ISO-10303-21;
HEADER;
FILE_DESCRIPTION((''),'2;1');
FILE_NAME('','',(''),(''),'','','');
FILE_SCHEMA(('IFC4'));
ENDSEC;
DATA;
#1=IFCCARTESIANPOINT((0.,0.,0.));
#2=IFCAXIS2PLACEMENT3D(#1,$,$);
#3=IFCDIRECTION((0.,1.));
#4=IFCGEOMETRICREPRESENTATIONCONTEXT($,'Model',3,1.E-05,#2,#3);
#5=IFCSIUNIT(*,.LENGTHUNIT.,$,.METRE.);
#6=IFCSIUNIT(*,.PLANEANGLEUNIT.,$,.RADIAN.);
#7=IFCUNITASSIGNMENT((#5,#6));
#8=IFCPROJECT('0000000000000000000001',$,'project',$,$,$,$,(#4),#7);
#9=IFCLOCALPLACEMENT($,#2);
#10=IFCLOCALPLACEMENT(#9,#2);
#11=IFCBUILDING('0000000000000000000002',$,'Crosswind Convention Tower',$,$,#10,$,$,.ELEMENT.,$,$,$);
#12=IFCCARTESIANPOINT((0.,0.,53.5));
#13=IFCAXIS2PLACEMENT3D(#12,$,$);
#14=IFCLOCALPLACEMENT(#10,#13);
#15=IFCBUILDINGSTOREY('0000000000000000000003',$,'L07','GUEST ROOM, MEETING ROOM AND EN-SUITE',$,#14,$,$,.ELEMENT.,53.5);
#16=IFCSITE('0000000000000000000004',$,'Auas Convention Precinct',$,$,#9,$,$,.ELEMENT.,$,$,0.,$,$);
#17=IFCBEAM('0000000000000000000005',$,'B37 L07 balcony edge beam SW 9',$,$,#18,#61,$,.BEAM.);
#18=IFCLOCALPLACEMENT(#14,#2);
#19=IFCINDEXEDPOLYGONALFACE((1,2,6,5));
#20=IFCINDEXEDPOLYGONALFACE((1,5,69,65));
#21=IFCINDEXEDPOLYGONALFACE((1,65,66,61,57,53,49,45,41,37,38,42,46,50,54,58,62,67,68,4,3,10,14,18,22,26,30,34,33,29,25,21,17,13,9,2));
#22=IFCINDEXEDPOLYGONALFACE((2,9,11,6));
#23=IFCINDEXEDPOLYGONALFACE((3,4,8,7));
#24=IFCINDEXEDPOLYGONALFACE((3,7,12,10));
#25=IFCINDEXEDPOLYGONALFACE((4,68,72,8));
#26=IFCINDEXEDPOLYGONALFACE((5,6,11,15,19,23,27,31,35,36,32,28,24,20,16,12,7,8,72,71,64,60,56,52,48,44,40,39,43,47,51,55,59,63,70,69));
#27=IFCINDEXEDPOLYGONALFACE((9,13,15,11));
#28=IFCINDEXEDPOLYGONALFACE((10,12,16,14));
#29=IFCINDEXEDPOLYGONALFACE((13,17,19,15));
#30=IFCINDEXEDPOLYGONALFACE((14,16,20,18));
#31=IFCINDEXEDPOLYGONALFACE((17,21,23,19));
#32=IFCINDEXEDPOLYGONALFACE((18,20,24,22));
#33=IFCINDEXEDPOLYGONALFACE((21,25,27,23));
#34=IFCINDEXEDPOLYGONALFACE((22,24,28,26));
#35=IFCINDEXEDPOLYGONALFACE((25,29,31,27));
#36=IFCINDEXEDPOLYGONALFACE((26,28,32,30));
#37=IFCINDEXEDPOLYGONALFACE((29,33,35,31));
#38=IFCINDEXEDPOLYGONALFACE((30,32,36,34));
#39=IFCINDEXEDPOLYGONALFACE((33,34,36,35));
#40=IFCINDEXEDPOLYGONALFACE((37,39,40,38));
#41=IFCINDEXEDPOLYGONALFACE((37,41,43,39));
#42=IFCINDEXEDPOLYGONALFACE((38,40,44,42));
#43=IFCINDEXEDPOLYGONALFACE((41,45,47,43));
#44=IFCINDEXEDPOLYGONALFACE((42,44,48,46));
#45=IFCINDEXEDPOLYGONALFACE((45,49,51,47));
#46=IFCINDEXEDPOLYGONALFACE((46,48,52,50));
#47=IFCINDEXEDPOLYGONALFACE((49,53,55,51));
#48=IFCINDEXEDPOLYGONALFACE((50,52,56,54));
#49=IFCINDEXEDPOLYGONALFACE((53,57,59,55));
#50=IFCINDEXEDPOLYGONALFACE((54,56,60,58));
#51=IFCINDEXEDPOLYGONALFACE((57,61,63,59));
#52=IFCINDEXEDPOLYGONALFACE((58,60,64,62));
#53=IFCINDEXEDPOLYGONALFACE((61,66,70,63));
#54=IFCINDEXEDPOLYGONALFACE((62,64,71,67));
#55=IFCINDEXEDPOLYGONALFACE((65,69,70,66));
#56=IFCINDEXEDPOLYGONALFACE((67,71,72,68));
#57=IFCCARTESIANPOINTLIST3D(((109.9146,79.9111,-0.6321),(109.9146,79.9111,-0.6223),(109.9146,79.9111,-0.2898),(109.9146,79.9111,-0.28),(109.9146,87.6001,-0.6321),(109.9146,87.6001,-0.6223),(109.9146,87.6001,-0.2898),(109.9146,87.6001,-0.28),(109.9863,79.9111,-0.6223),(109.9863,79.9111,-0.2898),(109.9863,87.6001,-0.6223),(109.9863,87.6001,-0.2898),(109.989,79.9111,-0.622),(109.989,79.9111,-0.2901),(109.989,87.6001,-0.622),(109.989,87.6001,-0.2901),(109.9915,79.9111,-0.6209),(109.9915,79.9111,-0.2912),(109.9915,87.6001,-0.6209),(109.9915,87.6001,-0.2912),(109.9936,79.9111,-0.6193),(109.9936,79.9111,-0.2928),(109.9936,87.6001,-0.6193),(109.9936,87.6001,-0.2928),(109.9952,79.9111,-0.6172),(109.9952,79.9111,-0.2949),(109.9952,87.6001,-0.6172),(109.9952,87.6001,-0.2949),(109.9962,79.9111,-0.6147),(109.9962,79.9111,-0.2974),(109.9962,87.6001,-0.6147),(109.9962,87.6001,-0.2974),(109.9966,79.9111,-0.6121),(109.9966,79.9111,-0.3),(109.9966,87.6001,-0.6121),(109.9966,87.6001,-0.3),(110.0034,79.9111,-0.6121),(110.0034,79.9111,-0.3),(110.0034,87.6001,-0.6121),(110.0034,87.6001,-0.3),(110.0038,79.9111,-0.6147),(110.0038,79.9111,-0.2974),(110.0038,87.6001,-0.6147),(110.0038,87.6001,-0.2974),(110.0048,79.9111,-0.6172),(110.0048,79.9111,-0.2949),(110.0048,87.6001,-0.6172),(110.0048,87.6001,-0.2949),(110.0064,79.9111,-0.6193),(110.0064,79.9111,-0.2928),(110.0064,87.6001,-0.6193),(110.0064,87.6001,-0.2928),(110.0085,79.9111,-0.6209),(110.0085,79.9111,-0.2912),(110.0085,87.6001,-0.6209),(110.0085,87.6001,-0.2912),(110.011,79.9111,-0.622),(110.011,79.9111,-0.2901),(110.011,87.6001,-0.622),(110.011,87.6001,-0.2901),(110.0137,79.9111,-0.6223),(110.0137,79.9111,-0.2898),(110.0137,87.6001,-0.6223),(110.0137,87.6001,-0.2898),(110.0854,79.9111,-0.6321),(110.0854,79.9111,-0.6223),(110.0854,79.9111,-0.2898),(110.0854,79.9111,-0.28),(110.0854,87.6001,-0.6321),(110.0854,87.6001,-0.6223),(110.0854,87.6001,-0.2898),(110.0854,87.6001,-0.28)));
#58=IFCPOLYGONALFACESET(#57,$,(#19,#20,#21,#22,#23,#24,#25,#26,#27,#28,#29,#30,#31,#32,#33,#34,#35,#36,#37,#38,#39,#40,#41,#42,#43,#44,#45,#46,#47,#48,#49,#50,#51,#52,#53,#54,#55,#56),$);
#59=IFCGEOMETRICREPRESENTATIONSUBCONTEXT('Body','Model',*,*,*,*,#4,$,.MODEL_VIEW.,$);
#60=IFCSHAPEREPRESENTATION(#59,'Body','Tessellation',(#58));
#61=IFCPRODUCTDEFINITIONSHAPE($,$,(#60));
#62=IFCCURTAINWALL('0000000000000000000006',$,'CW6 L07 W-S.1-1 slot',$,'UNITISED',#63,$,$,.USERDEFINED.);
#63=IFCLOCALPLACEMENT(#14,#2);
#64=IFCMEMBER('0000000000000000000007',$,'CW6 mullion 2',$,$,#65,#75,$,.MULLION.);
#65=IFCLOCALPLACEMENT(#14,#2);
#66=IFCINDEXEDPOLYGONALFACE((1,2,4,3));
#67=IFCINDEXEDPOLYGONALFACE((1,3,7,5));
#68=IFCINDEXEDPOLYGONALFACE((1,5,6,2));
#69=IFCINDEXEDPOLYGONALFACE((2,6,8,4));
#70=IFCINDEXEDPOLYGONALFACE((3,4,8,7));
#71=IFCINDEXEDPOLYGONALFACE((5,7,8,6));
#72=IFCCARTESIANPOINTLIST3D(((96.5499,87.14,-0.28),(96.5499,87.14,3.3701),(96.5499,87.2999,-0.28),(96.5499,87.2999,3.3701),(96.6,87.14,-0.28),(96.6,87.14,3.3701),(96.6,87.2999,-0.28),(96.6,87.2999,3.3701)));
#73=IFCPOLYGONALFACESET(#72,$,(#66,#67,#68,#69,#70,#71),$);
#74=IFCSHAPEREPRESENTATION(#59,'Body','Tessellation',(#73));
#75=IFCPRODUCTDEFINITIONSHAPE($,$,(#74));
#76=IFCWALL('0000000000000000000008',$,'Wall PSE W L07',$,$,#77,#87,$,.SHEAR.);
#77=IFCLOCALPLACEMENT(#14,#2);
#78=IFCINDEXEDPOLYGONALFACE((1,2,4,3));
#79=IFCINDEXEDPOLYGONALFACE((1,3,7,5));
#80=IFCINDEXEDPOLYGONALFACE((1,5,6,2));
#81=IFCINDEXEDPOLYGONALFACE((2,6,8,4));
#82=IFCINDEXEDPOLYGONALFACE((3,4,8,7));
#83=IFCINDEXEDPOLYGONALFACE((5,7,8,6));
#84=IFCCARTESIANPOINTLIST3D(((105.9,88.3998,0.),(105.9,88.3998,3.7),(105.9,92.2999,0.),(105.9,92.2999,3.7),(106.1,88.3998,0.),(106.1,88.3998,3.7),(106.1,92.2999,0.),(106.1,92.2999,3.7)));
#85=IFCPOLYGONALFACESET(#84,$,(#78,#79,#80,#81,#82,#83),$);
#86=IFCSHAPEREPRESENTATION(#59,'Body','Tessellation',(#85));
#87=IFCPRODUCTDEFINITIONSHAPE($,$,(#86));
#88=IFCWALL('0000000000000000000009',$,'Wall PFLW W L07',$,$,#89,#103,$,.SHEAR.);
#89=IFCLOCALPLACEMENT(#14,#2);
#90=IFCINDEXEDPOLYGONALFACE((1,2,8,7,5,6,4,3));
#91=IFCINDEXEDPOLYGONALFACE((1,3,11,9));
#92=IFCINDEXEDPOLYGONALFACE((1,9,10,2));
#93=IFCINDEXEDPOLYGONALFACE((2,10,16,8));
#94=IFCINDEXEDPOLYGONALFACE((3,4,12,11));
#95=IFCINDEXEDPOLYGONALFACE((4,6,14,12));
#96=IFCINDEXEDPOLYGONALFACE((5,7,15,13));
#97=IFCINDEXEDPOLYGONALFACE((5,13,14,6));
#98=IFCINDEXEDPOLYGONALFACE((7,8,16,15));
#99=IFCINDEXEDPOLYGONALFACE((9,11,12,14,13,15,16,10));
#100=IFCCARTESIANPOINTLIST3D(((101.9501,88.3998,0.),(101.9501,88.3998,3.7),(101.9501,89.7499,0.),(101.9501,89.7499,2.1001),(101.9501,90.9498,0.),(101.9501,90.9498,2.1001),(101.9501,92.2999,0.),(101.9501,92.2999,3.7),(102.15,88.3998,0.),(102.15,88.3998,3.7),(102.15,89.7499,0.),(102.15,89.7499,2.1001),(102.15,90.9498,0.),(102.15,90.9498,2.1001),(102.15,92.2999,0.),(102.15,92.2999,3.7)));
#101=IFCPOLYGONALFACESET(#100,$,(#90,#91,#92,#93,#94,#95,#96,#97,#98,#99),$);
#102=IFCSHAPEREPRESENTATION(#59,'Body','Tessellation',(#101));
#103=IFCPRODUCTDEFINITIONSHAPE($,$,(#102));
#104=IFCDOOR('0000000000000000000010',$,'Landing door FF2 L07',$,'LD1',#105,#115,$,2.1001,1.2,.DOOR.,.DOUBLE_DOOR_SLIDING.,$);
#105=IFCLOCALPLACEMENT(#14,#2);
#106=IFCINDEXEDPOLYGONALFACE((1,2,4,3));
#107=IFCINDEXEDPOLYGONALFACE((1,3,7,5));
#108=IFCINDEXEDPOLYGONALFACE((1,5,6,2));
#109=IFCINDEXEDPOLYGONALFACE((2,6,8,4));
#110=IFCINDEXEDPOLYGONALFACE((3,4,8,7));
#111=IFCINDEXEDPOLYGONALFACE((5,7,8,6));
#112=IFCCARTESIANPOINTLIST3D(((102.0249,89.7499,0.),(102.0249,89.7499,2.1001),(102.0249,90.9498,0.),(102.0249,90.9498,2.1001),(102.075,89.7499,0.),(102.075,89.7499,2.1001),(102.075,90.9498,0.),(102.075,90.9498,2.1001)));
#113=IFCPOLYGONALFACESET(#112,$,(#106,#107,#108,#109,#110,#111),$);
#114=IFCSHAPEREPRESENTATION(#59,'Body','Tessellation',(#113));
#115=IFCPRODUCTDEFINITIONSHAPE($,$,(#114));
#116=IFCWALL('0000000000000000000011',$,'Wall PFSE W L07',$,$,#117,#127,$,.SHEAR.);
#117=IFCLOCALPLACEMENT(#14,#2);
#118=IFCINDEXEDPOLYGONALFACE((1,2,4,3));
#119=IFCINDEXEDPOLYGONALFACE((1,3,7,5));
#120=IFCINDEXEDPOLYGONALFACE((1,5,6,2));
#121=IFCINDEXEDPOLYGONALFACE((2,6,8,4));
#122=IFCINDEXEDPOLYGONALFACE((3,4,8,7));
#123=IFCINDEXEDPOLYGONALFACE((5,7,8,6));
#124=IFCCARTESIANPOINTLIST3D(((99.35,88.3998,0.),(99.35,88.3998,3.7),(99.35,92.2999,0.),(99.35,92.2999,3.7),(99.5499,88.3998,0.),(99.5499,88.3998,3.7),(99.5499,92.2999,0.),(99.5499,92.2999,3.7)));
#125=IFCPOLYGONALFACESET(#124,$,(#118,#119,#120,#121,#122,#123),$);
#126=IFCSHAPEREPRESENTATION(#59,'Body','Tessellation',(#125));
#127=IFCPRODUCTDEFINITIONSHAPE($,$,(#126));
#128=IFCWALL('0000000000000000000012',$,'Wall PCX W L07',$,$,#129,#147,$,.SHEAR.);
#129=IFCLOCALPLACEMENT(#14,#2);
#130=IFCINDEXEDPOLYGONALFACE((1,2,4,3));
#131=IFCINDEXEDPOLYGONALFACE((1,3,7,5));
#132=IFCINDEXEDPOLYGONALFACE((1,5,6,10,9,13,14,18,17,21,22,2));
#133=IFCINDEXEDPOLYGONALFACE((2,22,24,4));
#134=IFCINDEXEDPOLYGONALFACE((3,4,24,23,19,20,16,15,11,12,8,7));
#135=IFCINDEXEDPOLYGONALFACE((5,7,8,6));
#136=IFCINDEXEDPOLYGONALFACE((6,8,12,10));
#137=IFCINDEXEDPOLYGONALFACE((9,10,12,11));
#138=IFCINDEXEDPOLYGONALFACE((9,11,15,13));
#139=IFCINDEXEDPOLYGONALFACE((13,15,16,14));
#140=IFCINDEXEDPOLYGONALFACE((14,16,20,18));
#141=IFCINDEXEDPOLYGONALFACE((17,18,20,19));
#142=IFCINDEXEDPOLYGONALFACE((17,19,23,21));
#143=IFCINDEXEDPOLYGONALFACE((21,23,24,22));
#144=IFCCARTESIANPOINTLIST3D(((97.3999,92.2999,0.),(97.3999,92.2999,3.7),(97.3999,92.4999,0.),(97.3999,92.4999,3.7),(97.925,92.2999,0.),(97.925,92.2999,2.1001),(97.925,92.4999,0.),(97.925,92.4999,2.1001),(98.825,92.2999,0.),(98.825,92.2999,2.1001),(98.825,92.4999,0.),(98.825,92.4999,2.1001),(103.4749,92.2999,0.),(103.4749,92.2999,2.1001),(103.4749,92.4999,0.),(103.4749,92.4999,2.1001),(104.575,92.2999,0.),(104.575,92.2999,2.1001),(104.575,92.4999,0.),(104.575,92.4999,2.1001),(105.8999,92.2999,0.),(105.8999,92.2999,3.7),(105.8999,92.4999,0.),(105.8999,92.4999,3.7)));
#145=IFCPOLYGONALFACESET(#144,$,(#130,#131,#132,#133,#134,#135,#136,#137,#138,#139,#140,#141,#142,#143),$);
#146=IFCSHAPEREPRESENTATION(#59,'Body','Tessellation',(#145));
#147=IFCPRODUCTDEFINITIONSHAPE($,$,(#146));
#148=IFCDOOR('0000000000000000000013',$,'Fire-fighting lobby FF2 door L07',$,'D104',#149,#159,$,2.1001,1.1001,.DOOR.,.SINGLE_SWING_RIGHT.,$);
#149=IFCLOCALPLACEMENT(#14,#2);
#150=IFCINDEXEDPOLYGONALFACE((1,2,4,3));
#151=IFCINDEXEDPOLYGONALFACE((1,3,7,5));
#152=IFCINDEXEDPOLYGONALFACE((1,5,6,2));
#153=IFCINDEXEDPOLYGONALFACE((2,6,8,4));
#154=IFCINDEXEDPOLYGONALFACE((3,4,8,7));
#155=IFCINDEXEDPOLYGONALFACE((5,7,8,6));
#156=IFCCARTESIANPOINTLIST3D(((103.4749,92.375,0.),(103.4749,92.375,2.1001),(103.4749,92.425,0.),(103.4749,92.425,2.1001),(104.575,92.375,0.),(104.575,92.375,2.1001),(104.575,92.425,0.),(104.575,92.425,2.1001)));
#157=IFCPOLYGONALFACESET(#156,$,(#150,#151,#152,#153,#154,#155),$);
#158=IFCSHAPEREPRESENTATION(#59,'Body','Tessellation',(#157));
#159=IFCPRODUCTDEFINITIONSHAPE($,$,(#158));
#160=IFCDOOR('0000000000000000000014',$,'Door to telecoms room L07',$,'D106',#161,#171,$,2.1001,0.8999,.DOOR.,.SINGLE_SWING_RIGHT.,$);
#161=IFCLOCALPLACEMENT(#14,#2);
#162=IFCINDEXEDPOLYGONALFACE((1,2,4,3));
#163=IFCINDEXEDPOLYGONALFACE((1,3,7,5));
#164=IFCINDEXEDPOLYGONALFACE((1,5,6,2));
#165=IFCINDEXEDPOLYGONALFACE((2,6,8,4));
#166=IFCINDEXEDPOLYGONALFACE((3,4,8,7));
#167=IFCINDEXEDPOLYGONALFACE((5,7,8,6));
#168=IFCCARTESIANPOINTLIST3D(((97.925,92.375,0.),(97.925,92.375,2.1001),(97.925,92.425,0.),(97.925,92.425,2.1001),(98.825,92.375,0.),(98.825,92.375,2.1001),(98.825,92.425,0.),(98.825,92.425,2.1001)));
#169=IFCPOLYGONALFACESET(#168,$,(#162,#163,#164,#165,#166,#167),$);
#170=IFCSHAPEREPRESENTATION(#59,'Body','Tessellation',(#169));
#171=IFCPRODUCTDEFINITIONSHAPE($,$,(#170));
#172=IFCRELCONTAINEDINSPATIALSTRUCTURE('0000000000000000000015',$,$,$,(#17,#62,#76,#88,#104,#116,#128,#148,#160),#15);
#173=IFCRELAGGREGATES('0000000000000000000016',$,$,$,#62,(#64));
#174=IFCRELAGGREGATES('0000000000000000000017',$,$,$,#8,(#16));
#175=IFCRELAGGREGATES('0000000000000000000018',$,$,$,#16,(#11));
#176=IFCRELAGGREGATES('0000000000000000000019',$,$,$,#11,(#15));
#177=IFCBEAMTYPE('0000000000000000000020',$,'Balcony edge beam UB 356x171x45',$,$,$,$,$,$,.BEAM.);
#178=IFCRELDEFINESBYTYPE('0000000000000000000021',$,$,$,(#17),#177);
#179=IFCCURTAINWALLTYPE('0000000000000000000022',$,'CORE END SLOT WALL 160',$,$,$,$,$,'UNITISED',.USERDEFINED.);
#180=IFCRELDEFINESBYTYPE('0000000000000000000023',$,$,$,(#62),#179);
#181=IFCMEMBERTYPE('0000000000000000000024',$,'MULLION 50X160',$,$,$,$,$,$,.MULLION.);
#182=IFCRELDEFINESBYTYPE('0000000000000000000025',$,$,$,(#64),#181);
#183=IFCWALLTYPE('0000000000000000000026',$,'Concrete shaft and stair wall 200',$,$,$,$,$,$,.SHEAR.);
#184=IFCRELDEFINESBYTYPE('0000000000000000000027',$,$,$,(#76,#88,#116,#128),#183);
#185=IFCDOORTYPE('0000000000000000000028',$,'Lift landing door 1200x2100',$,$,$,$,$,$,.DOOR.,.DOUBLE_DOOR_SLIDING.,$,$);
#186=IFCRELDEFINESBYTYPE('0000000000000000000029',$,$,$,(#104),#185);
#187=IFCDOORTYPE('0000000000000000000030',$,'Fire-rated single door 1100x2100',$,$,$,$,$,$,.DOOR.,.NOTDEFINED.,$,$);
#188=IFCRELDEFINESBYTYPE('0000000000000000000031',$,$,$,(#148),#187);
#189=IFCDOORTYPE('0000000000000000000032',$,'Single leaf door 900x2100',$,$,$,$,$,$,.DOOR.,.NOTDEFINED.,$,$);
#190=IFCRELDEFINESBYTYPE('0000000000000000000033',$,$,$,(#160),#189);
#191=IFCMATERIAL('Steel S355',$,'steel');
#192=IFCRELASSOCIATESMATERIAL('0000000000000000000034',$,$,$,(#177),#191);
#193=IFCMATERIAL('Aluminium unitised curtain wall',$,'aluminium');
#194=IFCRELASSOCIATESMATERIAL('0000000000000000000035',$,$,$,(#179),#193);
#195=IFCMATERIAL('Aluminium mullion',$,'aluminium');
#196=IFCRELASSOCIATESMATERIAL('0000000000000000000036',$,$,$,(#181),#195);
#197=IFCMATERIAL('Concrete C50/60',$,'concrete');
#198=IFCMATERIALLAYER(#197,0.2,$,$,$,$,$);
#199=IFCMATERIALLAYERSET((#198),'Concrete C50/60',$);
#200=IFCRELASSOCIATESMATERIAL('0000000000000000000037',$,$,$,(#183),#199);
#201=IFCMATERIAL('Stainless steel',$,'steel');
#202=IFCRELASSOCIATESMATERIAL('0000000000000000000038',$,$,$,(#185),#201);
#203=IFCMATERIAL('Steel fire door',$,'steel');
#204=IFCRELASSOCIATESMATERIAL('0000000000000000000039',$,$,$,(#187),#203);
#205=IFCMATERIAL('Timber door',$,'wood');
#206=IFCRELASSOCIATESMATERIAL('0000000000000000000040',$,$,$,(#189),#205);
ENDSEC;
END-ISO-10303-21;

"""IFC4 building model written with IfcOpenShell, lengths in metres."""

from ifc_helpers import new_model, si_unit, direction, frame, frame_2d, origin, origin_2d, place, context, subcontext, project, spatial, rectangle, i_section, extrude, material, layer, layer_set, material_profile, profile_set, type_object, element, fill, aggregate, save


model = new_model("IFC4")

# Units and contexts
model_context = context("Model", 3, precision=1e-05, world=origin(), true_north=direction((0.0, 1.0)))
body_context = subcontext(model_context, "Body", "Model", "MODEL_VIEW")
ifc_project = project(units=[si_unit("LENGTHUNIT", "METRE"), si_unit("PLANEANGLEUNIT", "RADIAN")], contexts=[model_context])

# Site, building, storey
site_placement = place(None, origin())
site = spatial("IfcSite", under=ifc_project, at=site_placement, Name="Auas Convention Precinct", CompositionType="ELEMENT", RefElevation=0.0)
building_placement = place(site_placement, origin())
building = spatial("IfcBuilding", under=site, at=building_placement, Name="Crosswind Convention Tower", CompositionType="ELEMENT")
storey_placement = place(building_placement, frame((0.0, 0.0, 53.5)))
storey = spatial("IfcBuildingStorey", under=building, at=storey_placement, Name="L07", Description="GUEST ROOM, MEETING ROOM AND EN-SUITE", CompositionType="ELEMENT", Elevation=53.5)

# Beam
ifc_material_1 = material(Name="Steel S355", Category="steel")
ifc_material_profile_1 = material_profile(ifc_material_1, i_section(OverallWidth=0.1709, OverallDepth=0.3521, WebThickness=0.0068, FlangeThickness=0.0098, FilletRadius=0.0103, at=origin_2d()), Name="UB 356x171x45")
ifc_profile_set_1 = profile_set([ifc_material_profile_1], Name="Steel S355")
beam_type = type_object("IfcBeamType", Name="Balcony edge beam UB 356x171x45", PredefinedType="BEAM", material=ifc_profile_set_1)
beam_placement = place(storey_placement, frame((110.0, 87.6001, -0.4561), z_axis=(0.0, -1.0, 0.0), x_axis=(1.0, 0.0, 0.0)))
element("IfcBeam", 1, at=beam_placement, inside=storey, type_object=beam_type, Name="B37 L07 balcony edge beam SW 9", PredefinedType="BEAM", context=body_context, shape_type="SweptSolid", body=[
    extrude(i_section(OverallWidth=0.1709, OverallDepth=0.3521, WebThickness=0.0068, FlangeThickness=0.0098, FilletRadius=0.0103, at=origin_2d()), origin(), (0.0, 0.0, 1.0), 7.689),
])

# Curtain wall, member
ifc_material_2 = material(Name="Aluminium unitised curtain wall", Category="aluminium")
curtain_wall_type = type_object("IfcCurtainWallType", Name="CORE END SLOT WALL 160", ElementType="UNITISED", PredefinedType="USERDEFINED", material=ifc_material_2)
curtain_wall_placement = place(storey_placement, origin())
curtain_wall = element("IfcCurtainWall", 2, at=curtain_wall_placement, inside=storey, type_object=curtain_wall_type, Name="CW6 L07 W-S.1-1 slot", ObjectType="UNITISED", PredefinedType="USERDEFINED")
ifc_material_3 = material(Name="Aluminium mullion", Category="aluminium")
ifc_material_profile_2 = material_profile(ifc_material_3, rectangle(XDim=0.1599, YDim=0.05, at=origin_2d()), Name="AL 160X50")
ifc_profile_set_2 = profile_set([ifc_material_profile_2], Name="Aluminium mullion")
member_type = type_object("IfcMemberType", Name="MULLION 50X160", PredefinedType="MULLION", material=ifc_profile_set_2)
member_placement = place(storey_placement, frame((96.575, 87.22, -0.28), z_axis=(0.0, 0.0, 1.0), x_axis=(0.0, -1.0, 0.0)))
member = element("IfcMember", 3, at=member_placement, type_object=member_type, Name="CW6 mullion 2", PredefinedType="MULLION", context=body_context, shape_type="SweptSolid", body=[
    extrude(rectangle(XDim=0.1599, YDim=0.05, at=origin_2d()), origin(), (0.0, 0.0, 1.0), 3.6501),
])
aggregate(curtain_wall, [member])

# Wall
ifc_material_4 = material(Name="Concrete C50/60", Category="concrete")
ifc_layer_1 = layer(ifc_material_4, 0.2)
ifc_layer_set_1 = layer_set([ifc_layer_1], Name="Concrete C50/60")
wall_type_1 = type_object("IfcWallType", Name="Concrete shaft and stair wall 200", PredefinedType="SHEAR", material=ifc_layer_set_1)
wall_1_placement = place(storey_placement, frame((106.0, 92.3, 0.0), z_axis=(0.0, 0.0, 1.0), x_axis=(0.0, -1.0, 0.0)))
element("IfcWall", 4, at=wall_1_placement, inside=storey, type_object=wall_type_1, Name="Wall PSE W L07", PredefinedType="SHEAR", context=body_context, shape_type="SweptSolid", body=[
    extrude(rectangle(XDim=3.9001, YDim=0.2, at=frame_2d((1.9502, 0.0))), origin(), (0.0, 0.0, 1.0), 3.7),
])

# Wall, opening, door
wall_2_placement = place(storey_placement, frame((102.05, 92.3, 0.0), z_axis=(0.0, 0.0, 1.0), x_axis=(0.0, -1.0, 0.0)))
wall_2 = element("IfcWall", 5, at=wall_2_placement, inside=storey, type_object=wall_type_1, Name="Wall PFLW W L07", PredefinedType="SHEAR", context=body_context, shape_type="SweptSolid", body=[
    extrude(rectangle(XDim=3.9001, YDim=0.2, at=frame_2d((1.9502, 0.0))), origin(), (0.0, 0.0, 1.0), 3.7),
])
opening_1_placement = place(wall_2_placement, frame((1.3501, 0.0, 0.0)))
opening_1 = element("IfcOpeningElement", 6, at=opening_1_placement, cuts=wall_2, PredefinedType="OPENING", context=body_context, shape_type="SweptSolid", body=[
    extrude(rectangle(XDim=1.2, YDim=2.1001, at=frame_2d((0.6001, 1.05))), frame((0.0, 0.1099, 0.0), z_axis=(0.0, -1.0, 0.0), x_axis=(1.0, 0.0, 0.0)), (0.0, 0.0, 1.0), 0.22),
])
ifc_material_5 = material(Name="Stainless steel", Category="steel")
door_type_1 = type_object("IfcDoorType", Name="Lift landing door 1200x2100", OperationType="DOUBLE_DOOR_SLIDING", PredefinedType="DOOR", material=ifc_material_5)
door_1_placement = place(opening_1_placement, origin())
door_1 = element("IfcDoor", 7, at=door_1_placement, inside=storey, type_object=door_type_1, Name="Landing door FF2 L07", ObjectType="LD1", OperationType="DOUBLE_DOOR_SLIDING", OverallHeight=2.1001, OverallWidth=1.2, PredefinedType="DOOR", context=body_context, shape_type="SweptSolid", body=[
    extrude(rectangle(XDim=1.2, YDim=2.1001, at=frame_2d((0.6001, 1.05))), frame((0.0, 0.0249, 0.0), z_axis=(0.0, -1.0, 0.0), x_axis=(1.0, 0.0, 0.0)), (0.0, 0.0, 1.0), 0.05),
])
fill(opening_1, door_1)

# Wall
wall_3_placement = place(storey_placement, frame((99.45, 92.3, 0.0), z_axis=(0.0, 0.0, 1.0), x_axis=(0.0, -1.0, 0.0)))
element("IfcWall", 8, at=wall_3_placement, inside=storey, type_object=wall_type_1, Name="Wall PFSE W L07", PredefinedType="SHEAR", context=body_context, shape_type="SweptSolid", body=[
    extrude(rectangle(XDim=3.9001, YDim=0.2, at=frame_2d((1.9502, 0.0))), origin(), (0.0, 0.0, 1.0), 3.7),
])

# Wall, openings, doors
wall_4_placement = place(storey_placement, frame((105.8999, 92.3999, 0.0), z_axis=(0.0, 0.0, 1.0), x_axis=(-1.0, 0.0, 0.0)))
wall_4 = element("IfcWall", 9, at=wall_4_placement, inside=storey, type_object=wall_type_1, Name="Wall PCX W L07", PredefinedType="SHEAR", context=body_context, shape_type="SweptSolid", body=[
    extrude(rectangle(XDim=8.5, YDim=0.2, at=frame_2d((4.25, 0.0))), origin(), (0.0, 0.0, 1.0), 3.7),
])
opening_2_placement = place(wall_4_placement, frame((1.325, 0.0, 0.0)))
opening_2 = element("IfcOpeningElement", 10, at=opening_2_placement, cuts=wall_4, PredefinedType="OPENING", context=body_context, shape_type="SweptSolid", body=[
    extrude(rectangle(XDim=1.1001, YDim=2.1001, at=frame_2d((0.55, 1.05))), frame((0.0, 0.1099, 0.0), z_axis=(0.0, -1.0, 0.0), x_axis=(1.0, 0.0, 0.0)), (0.0, 0.0, 1.0), 0.22),
])
opening_3_placement = place(wall_4_placement, frame((7.075, 0.0, 0.0)))
opening_3 = element("IfcOpeningElement", 11, at=opening_3_placement, cuts=wall_4, PredefinedType="OPENING", context=body_context, shape_type="SweptSolid", body=[
    extrude(rectangle(XDim=0.8999, YDim=2.1001, at=frame_2d((0.45, 1.05))), frame((0.0, 0.1099, 0.0), z_axis=(0.0, -1.0, 0.0), x_axis=(1.0, 0.0, 0.0)), (0.0, 0.0, 1.0), 0.22),
])
ifc_material_6 = material(Name="Steel fire door", Category="steel")
door_type_2 = type_object("IfcDoorType", Name="Fire-rated single door 1100x2100", OperationType="NOTDEFINED", PredefinedType="DOOR", material=ifc_material_6)
door_2_placement = place(opening_2_placement, origin())
door_2 = element("IfcDoor", 12, at=door_2_placement, inside=storey, type_object=door_type_2, Name="Fire-fighting lobby FF2 door L07", ObjectType="D104", OperationType="SINGLE_SWING_RIGHT", OverallHeight=2.1001, OverallWidth=1.1001, PredefinedType="DOOR", context=body_context, shape_type="SweptSolid", body=[
    extrude(rectangle(XDim=1.1001, YDim=2.1001, at=frame_2d((0.55, 1.05))), frame((0.0, 0.0249, 0.0), z_axis=(0.0, -1.0, 0.0), x_axis=(1.0, 0.0, 0.0)), (0.0, 0.0, 1.0), 0.05),
])
fill(opening_2, door_2)
ifc_material_7 = material(Name="Timber door", Category="wood")
door_type_3 = type_object("IfcDoorType", Name="Single leaf door 900x2100", OperationType="NOTDEFINED", PredefinedType="DOOR", material=ifc_material_7)
door_3_placement = place(opening_3_placement, origin())
door_3 = element("IfcDoor", 13, at=door_3_placement, inside=storey, type_object=door_type_3, Name="Door to telecoms room L07", ObjectType="D106", OperationType="SINGLE_SWING_RIGHT", OverallHeight=2.1001, OverallWidth=0.8999, PredefinedType="DOOR", context=body_context, shape_type="SweptSolid", body=[
    extrude(rectangle(XDim=0.8999, YDim=2.1001, at=frame_2d((0.45, 1.05))), frame((0.0, 0.0249, 0.0), z_axis=(0.0, -1.0, 0.0), x_axis=(1.0, 0.0, 0.0)), (0.0, 0.0, 1.0), 0.05),
])
fill(opening_3, door_3)

save(model, "model.ifc")
